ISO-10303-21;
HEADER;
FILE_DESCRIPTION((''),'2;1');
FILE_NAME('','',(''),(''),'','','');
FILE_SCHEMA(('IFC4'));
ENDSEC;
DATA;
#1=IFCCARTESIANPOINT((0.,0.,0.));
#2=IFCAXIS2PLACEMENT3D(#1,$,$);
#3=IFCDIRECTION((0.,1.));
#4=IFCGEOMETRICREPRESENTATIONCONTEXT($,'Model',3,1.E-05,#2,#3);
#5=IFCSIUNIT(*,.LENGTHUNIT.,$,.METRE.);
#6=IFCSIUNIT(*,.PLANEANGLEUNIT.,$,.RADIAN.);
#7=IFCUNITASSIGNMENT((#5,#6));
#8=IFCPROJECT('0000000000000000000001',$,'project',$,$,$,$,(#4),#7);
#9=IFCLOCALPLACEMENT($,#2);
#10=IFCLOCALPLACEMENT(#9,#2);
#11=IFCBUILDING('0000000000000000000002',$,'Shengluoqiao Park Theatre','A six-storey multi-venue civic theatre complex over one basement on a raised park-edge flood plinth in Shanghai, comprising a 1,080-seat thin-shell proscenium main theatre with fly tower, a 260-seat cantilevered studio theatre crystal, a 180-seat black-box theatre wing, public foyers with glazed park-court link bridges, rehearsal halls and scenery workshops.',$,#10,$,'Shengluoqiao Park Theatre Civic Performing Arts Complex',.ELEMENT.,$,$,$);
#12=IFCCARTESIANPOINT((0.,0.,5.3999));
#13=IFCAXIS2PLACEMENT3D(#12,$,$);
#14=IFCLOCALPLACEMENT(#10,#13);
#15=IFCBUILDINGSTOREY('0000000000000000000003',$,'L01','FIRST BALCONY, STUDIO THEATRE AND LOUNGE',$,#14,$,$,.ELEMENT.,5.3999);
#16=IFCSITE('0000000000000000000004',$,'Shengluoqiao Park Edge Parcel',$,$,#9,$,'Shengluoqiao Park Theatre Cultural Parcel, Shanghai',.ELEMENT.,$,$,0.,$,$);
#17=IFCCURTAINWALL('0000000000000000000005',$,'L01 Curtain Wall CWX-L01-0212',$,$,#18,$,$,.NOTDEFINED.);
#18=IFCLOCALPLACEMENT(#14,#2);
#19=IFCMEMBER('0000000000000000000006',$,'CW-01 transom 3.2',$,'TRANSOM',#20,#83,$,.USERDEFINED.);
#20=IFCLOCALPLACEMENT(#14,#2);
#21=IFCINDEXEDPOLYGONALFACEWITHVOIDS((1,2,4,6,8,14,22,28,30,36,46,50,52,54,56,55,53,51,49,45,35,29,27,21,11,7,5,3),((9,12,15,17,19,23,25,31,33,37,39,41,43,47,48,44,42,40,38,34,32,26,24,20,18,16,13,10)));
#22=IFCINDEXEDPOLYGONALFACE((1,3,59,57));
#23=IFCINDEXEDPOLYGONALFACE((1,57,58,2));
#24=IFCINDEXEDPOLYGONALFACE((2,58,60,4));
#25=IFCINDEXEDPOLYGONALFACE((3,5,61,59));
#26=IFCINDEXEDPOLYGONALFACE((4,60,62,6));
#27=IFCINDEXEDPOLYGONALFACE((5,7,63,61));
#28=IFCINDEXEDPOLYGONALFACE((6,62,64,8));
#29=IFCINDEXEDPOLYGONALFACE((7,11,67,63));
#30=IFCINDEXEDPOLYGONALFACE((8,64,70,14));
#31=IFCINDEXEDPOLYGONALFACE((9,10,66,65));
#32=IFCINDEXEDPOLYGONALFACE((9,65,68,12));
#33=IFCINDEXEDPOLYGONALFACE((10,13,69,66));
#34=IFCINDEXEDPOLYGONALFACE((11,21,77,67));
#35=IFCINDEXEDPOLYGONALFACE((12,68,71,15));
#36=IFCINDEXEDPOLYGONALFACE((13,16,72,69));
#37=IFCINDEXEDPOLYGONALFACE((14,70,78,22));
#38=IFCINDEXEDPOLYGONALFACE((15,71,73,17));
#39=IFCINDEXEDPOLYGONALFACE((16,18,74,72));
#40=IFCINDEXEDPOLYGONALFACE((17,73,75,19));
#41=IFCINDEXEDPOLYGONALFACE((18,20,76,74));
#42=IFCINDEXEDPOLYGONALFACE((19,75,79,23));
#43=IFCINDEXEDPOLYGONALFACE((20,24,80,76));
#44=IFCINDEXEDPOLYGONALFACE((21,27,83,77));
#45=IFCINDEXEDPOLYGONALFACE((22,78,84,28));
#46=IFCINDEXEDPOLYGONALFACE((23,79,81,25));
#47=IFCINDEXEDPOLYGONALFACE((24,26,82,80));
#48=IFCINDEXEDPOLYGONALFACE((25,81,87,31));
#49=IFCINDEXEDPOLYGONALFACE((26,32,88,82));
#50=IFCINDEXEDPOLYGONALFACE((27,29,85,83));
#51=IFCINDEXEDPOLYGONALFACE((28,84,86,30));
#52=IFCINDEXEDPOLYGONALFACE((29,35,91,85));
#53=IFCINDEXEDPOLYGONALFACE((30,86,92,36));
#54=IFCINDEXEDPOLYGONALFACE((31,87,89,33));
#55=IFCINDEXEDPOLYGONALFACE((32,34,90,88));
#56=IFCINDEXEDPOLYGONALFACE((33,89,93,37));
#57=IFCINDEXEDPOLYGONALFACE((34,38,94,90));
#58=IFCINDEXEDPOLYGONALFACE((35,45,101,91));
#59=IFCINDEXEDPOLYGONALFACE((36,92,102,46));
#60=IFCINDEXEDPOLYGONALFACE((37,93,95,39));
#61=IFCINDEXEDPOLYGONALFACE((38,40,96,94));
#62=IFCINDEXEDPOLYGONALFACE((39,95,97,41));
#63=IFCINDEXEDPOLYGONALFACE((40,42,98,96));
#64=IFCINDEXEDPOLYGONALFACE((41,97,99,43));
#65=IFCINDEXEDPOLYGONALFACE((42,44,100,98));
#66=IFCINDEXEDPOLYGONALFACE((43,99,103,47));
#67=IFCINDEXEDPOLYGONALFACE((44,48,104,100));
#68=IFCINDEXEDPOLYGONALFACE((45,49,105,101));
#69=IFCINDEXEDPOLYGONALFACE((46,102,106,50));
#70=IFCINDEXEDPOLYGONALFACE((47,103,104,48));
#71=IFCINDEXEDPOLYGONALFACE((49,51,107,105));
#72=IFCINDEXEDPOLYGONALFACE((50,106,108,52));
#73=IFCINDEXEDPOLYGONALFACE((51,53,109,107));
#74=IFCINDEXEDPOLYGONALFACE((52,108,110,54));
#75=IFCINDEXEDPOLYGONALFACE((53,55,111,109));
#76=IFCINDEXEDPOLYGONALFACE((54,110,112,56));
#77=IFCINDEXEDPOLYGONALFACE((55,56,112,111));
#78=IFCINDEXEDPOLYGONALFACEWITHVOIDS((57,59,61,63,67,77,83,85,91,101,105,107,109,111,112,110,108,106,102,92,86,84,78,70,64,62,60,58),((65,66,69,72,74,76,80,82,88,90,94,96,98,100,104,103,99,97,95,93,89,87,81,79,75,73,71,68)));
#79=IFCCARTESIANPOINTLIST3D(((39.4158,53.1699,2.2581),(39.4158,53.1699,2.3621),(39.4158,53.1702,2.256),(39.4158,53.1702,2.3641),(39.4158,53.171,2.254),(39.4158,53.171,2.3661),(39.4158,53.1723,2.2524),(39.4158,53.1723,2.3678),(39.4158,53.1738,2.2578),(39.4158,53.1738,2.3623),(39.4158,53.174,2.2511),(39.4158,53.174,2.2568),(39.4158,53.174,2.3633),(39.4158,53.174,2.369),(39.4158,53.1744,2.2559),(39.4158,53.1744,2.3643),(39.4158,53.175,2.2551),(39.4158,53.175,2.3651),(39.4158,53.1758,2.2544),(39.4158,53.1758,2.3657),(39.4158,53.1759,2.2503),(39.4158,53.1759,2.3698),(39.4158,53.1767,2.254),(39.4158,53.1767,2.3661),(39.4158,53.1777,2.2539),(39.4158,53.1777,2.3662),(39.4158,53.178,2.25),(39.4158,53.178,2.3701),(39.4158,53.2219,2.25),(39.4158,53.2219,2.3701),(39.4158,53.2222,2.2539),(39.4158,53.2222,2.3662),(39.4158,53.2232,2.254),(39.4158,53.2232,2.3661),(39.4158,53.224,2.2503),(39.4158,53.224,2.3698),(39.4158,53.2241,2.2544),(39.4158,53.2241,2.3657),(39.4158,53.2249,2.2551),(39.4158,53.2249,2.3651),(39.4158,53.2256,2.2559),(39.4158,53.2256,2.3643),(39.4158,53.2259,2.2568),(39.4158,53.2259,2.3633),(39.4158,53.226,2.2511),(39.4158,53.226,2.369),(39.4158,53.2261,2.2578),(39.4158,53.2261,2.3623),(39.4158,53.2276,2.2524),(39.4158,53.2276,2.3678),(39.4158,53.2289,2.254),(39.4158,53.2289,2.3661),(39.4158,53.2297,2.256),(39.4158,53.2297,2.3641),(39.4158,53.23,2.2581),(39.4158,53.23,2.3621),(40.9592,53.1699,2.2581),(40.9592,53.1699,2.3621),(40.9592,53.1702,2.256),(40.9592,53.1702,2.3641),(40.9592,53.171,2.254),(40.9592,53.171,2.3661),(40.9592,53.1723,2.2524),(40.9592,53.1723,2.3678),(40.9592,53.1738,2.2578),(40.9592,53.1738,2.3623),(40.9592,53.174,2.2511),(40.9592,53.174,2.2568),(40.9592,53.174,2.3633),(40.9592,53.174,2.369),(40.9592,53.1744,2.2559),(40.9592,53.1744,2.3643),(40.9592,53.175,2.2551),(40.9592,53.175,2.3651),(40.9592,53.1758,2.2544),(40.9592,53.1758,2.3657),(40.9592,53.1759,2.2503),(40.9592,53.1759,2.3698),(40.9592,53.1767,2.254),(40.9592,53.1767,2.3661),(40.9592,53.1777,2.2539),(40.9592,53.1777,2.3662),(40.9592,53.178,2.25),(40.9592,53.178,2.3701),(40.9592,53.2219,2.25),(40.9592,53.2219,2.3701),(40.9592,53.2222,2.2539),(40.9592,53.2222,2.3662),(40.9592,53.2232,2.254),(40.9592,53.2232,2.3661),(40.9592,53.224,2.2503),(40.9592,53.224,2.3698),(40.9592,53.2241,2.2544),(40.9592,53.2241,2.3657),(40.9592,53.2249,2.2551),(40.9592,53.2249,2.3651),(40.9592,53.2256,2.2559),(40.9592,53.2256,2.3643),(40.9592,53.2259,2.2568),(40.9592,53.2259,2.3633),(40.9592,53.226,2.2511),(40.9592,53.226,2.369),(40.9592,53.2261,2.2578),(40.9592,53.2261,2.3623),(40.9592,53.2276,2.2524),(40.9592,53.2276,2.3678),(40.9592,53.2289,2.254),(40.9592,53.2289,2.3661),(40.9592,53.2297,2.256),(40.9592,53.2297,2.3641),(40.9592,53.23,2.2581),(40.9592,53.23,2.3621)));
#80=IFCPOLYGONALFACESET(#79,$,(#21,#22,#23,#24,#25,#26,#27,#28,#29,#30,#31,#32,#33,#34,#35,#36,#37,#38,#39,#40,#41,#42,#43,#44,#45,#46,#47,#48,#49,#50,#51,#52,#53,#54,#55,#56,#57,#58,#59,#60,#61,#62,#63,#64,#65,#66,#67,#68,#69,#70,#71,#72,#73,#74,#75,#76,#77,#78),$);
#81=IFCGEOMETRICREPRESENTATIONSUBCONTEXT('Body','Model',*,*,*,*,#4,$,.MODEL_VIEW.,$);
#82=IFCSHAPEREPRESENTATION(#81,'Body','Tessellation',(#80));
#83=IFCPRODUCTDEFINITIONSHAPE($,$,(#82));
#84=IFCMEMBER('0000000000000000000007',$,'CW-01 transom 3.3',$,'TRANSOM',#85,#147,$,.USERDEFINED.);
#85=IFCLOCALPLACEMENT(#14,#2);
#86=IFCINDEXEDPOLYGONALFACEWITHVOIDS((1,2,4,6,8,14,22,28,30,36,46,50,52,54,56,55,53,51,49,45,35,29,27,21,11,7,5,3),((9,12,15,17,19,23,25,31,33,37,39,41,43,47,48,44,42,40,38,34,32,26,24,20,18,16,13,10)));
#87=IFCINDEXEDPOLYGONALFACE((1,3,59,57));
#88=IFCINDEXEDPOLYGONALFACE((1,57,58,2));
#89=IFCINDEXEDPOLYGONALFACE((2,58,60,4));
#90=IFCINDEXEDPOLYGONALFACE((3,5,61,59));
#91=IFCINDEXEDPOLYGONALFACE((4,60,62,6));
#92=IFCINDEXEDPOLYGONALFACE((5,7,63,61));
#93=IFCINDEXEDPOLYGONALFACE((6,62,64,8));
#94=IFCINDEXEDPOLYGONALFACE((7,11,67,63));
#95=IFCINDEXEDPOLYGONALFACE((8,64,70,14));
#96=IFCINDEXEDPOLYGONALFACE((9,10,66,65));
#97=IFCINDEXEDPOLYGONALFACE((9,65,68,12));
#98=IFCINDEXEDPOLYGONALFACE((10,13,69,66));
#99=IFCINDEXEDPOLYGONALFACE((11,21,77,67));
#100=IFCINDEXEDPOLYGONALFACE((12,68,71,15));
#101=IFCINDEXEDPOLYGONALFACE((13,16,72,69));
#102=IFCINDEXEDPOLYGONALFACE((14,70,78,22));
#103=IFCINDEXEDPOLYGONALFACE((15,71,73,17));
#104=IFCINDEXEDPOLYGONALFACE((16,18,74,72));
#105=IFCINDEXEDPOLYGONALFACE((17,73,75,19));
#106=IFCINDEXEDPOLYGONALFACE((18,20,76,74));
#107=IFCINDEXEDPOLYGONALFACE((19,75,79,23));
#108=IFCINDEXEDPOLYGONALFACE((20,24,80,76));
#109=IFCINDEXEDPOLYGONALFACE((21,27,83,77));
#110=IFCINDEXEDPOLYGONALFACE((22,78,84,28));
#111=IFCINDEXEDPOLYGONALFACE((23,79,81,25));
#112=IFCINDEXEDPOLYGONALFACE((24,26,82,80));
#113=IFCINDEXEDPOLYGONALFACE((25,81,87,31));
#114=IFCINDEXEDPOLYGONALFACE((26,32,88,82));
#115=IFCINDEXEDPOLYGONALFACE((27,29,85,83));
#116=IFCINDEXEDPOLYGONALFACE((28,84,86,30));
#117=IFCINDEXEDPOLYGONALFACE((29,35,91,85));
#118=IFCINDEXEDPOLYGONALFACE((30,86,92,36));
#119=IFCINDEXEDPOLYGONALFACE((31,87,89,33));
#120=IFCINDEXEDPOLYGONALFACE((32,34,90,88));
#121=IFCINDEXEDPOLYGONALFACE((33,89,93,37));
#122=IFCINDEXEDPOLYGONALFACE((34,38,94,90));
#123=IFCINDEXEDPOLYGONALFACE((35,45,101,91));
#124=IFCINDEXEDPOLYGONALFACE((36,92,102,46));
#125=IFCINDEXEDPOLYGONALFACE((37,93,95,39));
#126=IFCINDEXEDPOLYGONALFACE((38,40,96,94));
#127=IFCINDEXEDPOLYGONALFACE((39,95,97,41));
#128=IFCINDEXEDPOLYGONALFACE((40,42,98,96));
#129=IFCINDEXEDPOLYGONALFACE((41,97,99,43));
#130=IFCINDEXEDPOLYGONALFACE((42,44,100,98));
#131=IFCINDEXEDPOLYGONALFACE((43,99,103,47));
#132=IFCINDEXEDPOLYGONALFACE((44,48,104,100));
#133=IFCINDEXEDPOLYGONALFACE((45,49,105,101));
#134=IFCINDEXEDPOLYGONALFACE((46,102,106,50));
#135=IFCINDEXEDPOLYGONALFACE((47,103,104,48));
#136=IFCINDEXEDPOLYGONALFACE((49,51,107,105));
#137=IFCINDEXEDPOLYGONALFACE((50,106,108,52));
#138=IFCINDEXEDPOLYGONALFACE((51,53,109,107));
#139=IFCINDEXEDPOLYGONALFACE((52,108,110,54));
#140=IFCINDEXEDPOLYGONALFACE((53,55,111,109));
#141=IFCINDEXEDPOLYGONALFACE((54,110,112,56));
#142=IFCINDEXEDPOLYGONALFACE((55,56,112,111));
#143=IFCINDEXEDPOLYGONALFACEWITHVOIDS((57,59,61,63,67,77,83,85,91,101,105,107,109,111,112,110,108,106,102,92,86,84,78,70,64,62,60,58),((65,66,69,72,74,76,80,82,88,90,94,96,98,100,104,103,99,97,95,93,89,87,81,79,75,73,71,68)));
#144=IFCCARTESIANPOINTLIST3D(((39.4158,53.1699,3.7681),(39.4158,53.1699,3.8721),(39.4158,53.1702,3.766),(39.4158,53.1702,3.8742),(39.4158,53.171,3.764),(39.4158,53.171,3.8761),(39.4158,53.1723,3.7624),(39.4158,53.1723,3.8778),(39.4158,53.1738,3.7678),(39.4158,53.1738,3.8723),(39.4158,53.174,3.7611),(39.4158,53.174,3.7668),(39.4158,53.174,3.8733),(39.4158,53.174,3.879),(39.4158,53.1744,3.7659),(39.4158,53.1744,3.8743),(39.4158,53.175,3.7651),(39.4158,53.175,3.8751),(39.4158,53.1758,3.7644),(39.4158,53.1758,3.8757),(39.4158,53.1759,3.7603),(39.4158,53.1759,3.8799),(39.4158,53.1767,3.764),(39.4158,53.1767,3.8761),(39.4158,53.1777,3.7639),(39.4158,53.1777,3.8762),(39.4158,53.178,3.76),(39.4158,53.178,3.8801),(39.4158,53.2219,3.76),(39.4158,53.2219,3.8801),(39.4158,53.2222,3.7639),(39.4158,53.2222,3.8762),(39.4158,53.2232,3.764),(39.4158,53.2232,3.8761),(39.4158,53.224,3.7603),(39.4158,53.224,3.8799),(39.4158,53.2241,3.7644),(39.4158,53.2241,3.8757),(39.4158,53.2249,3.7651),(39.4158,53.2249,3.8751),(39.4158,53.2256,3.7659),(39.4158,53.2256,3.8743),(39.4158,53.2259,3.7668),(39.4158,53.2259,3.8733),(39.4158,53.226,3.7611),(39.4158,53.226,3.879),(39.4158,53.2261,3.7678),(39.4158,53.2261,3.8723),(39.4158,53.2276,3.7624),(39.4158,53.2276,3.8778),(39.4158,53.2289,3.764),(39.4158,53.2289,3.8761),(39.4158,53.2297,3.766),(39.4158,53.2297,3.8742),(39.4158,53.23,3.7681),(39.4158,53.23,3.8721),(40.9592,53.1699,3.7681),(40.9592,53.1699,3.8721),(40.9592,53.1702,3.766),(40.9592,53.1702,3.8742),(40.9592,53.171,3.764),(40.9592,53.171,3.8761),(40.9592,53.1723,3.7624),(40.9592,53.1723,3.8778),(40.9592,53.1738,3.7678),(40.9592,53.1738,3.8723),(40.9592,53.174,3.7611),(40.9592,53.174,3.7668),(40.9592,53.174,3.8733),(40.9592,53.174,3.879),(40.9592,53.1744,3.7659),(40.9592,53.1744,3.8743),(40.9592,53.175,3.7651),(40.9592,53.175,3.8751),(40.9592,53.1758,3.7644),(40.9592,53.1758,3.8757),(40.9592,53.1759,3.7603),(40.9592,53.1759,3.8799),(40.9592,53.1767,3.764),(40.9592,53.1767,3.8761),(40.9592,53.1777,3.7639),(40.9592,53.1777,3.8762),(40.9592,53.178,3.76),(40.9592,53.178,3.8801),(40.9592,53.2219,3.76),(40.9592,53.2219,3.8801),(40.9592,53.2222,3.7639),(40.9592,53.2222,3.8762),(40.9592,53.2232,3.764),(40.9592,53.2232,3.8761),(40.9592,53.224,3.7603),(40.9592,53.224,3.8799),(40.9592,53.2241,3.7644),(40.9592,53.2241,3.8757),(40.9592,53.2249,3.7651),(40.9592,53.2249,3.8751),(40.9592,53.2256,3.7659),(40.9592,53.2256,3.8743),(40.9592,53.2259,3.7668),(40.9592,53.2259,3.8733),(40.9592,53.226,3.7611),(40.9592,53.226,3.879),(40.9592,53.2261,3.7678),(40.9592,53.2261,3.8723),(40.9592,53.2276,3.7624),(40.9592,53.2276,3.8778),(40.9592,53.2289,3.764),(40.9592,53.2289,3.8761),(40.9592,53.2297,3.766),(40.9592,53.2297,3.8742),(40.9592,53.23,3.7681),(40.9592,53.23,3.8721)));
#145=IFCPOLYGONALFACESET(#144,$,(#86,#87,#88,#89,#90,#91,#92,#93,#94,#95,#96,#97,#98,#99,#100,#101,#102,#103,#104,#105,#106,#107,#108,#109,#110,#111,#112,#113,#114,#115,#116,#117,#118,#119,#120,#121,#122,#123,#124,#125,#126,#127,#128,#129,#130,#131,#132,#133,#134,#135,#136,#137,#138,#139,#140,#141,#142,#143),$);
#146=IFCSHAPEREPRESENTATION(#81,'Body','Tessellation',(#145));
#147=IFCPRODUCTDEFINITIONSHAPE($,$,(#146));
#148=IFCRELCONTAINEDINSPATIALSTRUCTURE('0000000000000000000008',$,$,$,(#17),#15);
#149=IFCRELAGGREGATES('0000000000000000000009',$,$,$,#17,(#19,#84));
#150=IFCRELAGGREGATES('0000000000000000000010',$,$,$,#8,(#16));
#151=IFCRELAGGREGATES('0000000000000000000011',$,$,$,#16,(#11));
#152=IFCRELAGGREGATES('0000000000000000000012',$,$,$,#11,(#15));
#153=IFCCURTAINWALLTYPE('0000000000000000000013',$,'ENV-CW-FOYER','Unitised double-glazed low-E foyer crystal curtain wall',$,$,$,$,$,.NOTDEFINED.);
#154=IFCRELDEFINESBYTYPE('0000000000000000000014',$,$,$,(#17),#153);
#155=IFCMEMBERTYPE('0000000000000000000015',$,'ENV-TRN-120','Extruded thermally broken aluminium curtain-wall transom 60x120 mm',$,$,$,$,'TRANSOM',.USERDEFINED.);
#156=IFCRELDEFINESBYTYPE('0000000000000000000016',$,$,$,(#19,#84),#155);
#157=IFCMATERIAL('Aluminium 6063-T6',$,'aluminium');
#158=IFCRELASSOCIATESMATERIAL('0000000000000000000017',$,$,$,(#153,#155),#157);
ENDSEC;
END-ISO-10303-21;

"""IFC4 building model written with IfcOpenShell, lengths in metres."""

from ifc_helpers import new_model, si_unit, direction, frame, origin, origin_2d, place, context, subcontext, project, spatial, hollow_rectangle, extrude, material, material_profile, profile_set, type_object, element, aggregate, save


model = new_model("IFC4")

# Units and contexts
model_context = context("Model", 3, precision=1e-05, world=origin(), true_north=direction((0.0, 1.0)))
body_context = subcontext(model_context, "Body", "Model", "MODEL_VIEW")
ifc_project = project(units=[si_unit("LENGTHUNIT", "METRE"), si_unit("PLANEANGLEUNIT", "RADIAN")], contexts=[model_context])

# Site, building, storey
site_placement = place(None, origin())
site = spatial("IfcSite", under=ifc_project, at=site_placement, Name="Shengluoqiao Park Edge Parcel", LongName="Shengluoqiao Park Theatre Cultural Parcel, Shanghai", CompositionType="ELEMENT", RefElevation=0.0)
building_placement = place(site_placement, origin())
building = spatial("IfcBuilding", under=site, at=building_placement, Name="Shengluoqiao Park Theatre", Description="A six-storey multi-venue civic theatre complex over one basement on a raised park-edge flood plinth in Shanghai, comprising a 1,080-seat thin-shell proscenium main theatre with fly tower, a 260-seat cantilevered studio theatre crystal, a 180-seat black-box theatre wing, public foyers with glazed park-court link bridges, rehearsal halls and scenery workshops.", LongName="Shengluoqiao Park Theatre Civic Performing Arts Complex", CompositionType="ELEMENT")
storey_placement = place(building_placement, frame((0.0, 0.0, 5.3999)))
storey = spatial("IfcBuildingStorey", under=building, at=storey_placement, Name="L01", Description="FIRST BALCONY, STUDIO THEATRE AND LOUNGE", CompositionType="ELEMENT", Elevation=5.3999)

# Curtain wall, members
ifc_material_1 = material(Name="Aluminium 6063-T6", Category="aluminium")
curtain_wall_type = type_object("IfcCurtainWallType", Name="ENV-CW-FOYER", Description="Unitised double-glazed low-E foyer crystal curtain wall", PredefinedType="NOTDEFINED", material=ifc_material_1)
curtain_wall_placement = place(storey_placement, origin())
curtain_wall = element("IfcCurtainWall", 1, at=curtain_wall_placement, inside=storey, type_object=curtain_wall_type, Name="L01 Curtain Wall CWX-L01-0212", PredefinedType="NOTDEFINED")
ifc_material_profile_1 = material_profile(ifc_material_1, hollow_rectangle(XDim=0.0601, YDim=0.1201, WallThickness=0.0039, InnerFilletRadius=0.0039, OuterFilletRadius=0.0081, at=origin_2d()), Name="ALU TRANSOM 120x60x4")
ifc_profile_set_1 = profile_set([ifc_material_profile_1], Name="Aluminium 6063-T6")
member_type_1 = type_object("IfcMemberType", Name="ENV-TRN-120", Description="Extruded thermally broken aluminium curtain-wall transom 60x120 mm", ElementType="TRANSOM", PredefinedType="USERDEFINED", material=ifc_profile_set_1)
member_1_placement = place(storey_placement, frame((39.4158, 53.2, 2.3101), z_axis=(1.0, 0.0, 0.0), x_axis=(0.0, 1.0, 0.0)))
member_1 = element("IfcMember", 2, at=member_1_placement, type_object=member_type_1, Name="CW-01 transom 3.2", ObjectType="TRANSOM", PredefinedType="USERDEFINED", context=body_context, shape_type="SweptSolid", body=[
    extrude(hollow_rectangle(XDim=0.0601, YDim=0.1201, WallThickness=0.0039, InnerFilletRadius=0.0039, OuterFilletRadius=0.0081, at=origin_2d()), origin(), (0.0, 0.0, 1.0), 1.5435),
])
member_2_placement = place(storey_placement, frame((39.4158, 53.2, 3.8201), z_axis=(1.0, 0.0, 0.0), x_axis=(0.0, 1.0, 0.0)))
member_2 = element("IfcMember", 3, at=member_2_placement, type_object=member_type_1, Name="CW-01 transom 3.3", ObjectType="TRANSOM", PredefinedType="USERDEFINED", context=body_context, shape_type="SweptSolid", body=[
    extrude(hollow_rectangle(XDim=0.0601, YDim=0.1201, WallThickness=0.0039, InnerFilletRadius=0.0039, OuterFilletRadius=0.0081, at=origin_2d()), origin(), (0.0, 0.0, 1.0), 1.5435),
])

aggregate(curtain_wall, [member_1, member_2])

save(model, "model.ifc")
